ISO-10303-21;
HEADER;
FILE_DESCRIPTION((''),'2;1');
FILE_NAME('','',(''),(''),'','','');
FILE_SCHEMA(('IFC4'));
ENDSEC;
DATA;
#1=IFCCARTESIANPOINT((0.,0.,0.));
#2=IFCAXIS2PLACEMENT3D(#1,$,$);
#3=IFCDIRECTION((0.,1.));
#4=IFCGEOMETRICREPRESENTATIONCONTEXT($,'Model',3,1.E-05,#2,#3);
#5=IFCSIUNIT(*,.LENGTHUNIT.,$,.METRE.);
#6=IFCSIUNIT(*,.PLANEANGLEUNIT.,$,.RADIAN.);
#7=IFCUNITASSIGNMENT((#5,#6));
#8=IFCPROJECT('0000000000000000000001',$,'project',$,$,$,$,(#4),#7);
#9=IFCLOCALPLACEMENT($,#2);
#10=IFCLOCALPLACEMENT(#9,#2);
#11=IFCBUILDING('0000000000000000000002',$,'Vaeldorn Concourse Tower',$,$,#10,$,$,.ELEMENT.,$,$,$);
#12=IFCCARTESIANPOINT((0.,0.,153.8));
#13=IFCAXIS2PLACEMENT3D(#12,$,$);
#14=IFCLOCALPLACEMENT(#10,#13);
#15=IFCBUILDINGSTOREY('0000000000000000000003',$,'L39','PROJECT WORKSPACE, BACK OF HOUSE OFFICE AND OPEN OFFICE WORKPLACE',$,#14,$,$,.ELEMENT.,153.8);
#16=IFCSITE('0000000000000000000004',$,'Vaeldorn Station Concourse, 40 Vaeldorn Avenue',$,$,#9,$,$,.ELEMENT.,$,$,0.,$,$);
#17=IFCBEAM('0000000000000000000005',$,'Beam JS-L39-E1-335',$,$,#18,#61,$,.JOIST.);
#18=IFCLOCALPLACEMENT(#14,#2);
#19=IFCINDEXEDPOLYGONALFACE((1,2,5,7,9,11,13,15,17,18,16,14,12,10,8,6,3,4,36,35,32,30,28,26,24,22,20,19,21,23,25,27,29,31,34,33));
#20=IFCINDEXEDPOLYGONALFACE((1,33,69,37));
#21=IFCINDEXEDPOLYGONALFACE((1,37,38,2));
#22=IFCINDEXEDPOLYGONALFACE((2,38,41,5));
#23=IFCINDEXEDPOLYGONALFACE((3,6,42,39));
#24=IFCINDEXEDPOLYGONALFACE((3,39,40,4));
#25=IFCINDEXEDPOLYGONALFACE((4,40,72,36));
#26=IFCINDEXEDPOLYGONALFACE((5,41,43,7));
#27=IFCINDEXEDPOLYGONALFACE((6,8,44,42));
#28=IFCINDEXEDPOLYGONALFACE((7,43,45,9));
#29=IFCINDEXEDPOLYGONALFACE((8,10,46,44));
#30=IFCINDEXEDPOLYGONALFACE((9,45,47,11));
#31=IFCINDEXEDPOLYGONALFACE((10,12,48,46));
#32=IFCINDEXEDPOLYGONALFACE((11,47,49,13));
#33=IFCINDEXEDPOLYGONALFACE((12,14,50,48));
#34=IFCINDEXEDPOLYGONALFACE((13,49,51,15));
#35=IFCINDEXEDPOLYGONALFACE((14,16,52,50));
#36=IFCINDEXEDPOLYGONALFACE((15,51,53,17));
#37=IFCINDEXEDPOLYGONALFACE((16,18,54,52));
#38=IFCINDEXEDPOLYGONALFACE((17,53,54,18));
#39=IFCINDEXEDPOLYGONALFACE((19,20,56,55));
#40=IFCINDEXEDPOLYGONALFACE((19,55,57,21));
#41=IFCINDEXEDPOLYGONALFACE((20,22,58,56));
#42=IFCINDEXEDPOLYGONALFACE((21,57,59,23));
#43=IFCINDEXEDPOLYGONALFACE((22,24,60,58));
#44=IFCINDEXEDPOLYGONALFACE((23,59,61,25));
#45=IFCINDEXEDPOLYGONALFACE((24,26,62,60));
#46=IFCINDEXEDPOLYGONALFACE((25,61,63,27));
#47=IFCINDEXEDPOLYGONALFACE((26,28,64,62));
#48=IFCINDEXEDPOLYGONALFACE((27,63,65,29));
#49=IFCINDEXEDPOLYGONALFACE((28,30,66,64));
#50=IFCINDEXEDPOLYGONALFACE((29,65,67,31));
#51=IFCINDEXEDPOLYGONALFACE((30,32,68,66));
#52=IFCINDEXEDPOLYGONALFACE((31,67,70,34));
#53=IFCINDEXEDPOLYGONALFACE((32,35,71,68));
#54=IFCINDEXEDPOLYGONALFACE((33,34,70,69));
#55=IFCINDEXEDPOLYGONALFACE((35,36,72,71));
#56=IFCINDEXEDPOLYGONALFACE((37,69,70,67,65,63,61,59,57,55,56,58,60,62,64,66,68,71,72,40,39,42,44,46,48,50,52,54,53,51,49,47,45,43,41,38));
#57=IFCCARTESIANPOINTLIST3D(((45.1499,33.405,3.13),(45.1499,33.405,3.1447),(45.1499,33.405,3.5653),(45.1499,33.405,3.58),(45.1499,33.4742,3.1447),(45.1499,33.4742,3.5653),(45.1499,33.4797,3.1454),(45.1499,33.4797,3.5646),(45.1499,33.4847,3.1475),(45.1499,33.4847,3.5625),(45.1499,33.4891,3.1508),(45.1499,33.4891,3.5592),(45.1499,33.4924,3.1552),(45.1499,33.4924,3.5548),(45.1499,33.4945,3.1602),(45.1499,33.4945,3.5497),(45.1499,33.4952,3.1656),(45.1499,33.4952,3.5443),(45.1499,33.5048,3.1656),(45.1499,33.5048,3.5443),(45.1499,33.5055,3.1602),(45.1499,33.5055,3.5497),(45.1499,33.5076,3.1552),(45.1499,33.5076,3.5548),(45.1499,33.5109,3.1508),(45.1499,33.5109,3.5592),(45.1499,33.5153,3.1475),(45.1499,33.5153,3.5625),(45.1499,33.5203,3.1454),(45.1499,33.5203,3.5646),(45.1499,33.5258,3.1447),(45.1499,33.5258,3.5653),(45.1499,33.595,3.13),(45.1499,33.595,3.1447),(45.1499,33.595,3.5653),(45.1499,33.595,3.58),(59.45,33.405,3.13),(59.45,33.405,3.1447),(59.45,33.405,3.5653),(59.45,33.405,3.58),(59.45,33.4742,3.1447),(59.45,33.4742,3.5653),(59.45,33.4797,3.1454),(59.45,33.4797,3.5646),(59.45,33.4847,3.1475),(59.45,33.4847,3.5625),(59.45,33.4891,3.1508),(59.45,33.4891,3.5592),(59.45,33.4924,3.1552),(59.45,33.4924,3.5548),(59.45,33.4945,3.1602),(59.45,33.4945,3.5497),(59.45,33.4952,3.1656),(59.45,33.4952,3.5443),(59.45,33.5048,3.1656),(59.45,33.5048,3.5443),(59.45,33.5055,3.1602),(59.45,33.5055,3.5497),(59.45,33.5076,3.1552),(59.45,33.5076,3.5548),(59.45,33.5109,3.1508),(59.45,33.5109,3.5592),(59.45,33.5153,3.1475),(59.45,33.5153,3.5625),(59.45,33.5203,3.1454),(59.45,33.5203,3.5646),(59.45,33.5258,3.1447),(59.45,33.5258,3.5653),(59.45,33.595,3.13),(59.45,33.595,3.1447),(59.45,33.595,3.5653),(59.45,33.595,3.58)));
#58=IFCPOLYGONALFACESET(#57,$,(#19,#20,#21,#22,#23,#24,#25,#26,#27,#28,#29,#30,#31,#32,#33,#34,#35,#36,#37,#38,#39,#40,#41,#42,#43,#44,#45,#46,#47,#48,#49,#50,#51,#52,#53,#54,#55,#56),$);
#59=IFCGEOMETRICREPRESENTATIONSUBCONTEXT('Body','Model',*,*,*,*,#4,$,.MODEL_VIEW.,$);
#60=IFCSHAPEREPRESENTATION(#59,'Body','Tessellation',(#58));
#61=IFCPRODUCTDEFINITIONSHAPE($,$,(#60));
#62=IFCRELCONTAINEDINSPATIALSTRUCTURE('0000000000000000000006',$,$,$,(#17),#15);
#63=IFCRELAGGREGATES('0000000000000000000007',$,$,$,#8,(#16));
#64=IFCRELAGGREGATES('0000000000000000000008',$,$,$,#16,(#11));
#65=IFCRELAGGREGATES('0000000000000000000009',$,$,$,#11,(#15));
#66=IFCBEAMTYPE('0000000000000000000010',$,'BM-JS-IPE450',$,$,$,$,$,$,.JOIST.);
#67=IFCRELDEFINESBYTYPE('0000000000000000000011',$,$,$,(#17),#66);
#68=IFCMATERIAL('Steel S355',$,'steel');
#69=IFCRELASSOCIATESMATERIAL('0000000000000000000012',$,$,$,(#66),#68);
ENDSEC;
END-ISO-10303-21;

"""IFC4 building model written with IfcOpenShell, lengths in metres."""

from ifc_helpers import new_model, si_unit, direction, frame, origin, origin_2d, place, context, subcontext, project, spatial, i_section, extrude, source, transform, mapped, material, material_profile, profile_set, type_object, element, save


model = new_model("IFC4")

# Units and contexts
model_context = context("Model", 3, precision=1e-05, world=origin(), true_north=direction((0.0, 1.0)))
body_context = subcontext(model_context, "Body", "Model", "MODEL_VIEW")
ifc_project = project(units=[si_unit("LENGTHUNIT", "METRE"), si_unit("PLANEANGLEUNIT", "RADIAN")], contexts=[model_context])

# Site, building, storey
site_placement = place(None, origin())
site = spatial("IfcSite", under=ifc_project, at=site_placement, Name="Vaeldorn Station Concourse, 40 Vaeldorn Avenue", CompositionType="ELEMENT", RefElevation=0.0)
building_placement = place(site_placement, origin())
building = spatial("IfcBuilding", under=site, at=building_placement, Name="Vaeldorn Concourse Tower", CompositionType="ELEMENT")
storey_placement = place(building_placement, frame((0.0, 0.0, 153.8)))
storey = spatial("IfcBuildingStorey", under=building, at=storey_placement, Name="L39", Description="PROJECT WORKSPACE, BACK OF HOUSE OFFICE AND OPEN OFFICE WORKPLACE", CompositionType="ELEMENT", Elevation=153.8)

# Beam
ifc_material_1 = material(Name="Steel S355", Category="steel")
ifc_material_profile_1 = material_profile(ifc_material_1, i_section(OverallWidth=0.1899, OverallDepth=0.45, WebThickness=0.0095, FlangeThickness=0.0146, FilletRadius=0.021, at=origin_2d()), Name="IPE 450")
ifc_profile_set_1 = profile_set([ifc_material_profile_1], Name="Steel S355")
beam_type_1 = type_object("IfcBeamType", Name="BM-JS-IPE450", PredefinedType="JOIST", material=ifc_profile_set_1)
shared_shape_1 = source(origin(), body_context, "Body", "SweptSolid", [
    extrude(i_section(OverallWidth=0.1899, OverallDepth=0.45, WebThickness=0.0095, FlangeThickness=0.0146, FilletRadius=0.021, at=origin_2d()), origin(), (0.0, 0.0, 1.0), 14.3),
])
beam_1_placement = place(storey_placement, frame((45.1499, 33.5, 3.355), z_axis=(1.0, 0.0, 0.0), x_axis=(0.0, 1.0, 0.0)))
element("IfcBeam", 1, at=beam_1_placement, inside=storey, type_object=beam_type_1, Name="Beam JS-L39-E1-335", PredefinedType="JOIST", context=body_context, shape_type="MappedRepresentation", body=[
    mapped(shared_shape_1, transform((0.0, 0.0, 0.0), scale=1.0)),
])

save(model, "model.ifc")
